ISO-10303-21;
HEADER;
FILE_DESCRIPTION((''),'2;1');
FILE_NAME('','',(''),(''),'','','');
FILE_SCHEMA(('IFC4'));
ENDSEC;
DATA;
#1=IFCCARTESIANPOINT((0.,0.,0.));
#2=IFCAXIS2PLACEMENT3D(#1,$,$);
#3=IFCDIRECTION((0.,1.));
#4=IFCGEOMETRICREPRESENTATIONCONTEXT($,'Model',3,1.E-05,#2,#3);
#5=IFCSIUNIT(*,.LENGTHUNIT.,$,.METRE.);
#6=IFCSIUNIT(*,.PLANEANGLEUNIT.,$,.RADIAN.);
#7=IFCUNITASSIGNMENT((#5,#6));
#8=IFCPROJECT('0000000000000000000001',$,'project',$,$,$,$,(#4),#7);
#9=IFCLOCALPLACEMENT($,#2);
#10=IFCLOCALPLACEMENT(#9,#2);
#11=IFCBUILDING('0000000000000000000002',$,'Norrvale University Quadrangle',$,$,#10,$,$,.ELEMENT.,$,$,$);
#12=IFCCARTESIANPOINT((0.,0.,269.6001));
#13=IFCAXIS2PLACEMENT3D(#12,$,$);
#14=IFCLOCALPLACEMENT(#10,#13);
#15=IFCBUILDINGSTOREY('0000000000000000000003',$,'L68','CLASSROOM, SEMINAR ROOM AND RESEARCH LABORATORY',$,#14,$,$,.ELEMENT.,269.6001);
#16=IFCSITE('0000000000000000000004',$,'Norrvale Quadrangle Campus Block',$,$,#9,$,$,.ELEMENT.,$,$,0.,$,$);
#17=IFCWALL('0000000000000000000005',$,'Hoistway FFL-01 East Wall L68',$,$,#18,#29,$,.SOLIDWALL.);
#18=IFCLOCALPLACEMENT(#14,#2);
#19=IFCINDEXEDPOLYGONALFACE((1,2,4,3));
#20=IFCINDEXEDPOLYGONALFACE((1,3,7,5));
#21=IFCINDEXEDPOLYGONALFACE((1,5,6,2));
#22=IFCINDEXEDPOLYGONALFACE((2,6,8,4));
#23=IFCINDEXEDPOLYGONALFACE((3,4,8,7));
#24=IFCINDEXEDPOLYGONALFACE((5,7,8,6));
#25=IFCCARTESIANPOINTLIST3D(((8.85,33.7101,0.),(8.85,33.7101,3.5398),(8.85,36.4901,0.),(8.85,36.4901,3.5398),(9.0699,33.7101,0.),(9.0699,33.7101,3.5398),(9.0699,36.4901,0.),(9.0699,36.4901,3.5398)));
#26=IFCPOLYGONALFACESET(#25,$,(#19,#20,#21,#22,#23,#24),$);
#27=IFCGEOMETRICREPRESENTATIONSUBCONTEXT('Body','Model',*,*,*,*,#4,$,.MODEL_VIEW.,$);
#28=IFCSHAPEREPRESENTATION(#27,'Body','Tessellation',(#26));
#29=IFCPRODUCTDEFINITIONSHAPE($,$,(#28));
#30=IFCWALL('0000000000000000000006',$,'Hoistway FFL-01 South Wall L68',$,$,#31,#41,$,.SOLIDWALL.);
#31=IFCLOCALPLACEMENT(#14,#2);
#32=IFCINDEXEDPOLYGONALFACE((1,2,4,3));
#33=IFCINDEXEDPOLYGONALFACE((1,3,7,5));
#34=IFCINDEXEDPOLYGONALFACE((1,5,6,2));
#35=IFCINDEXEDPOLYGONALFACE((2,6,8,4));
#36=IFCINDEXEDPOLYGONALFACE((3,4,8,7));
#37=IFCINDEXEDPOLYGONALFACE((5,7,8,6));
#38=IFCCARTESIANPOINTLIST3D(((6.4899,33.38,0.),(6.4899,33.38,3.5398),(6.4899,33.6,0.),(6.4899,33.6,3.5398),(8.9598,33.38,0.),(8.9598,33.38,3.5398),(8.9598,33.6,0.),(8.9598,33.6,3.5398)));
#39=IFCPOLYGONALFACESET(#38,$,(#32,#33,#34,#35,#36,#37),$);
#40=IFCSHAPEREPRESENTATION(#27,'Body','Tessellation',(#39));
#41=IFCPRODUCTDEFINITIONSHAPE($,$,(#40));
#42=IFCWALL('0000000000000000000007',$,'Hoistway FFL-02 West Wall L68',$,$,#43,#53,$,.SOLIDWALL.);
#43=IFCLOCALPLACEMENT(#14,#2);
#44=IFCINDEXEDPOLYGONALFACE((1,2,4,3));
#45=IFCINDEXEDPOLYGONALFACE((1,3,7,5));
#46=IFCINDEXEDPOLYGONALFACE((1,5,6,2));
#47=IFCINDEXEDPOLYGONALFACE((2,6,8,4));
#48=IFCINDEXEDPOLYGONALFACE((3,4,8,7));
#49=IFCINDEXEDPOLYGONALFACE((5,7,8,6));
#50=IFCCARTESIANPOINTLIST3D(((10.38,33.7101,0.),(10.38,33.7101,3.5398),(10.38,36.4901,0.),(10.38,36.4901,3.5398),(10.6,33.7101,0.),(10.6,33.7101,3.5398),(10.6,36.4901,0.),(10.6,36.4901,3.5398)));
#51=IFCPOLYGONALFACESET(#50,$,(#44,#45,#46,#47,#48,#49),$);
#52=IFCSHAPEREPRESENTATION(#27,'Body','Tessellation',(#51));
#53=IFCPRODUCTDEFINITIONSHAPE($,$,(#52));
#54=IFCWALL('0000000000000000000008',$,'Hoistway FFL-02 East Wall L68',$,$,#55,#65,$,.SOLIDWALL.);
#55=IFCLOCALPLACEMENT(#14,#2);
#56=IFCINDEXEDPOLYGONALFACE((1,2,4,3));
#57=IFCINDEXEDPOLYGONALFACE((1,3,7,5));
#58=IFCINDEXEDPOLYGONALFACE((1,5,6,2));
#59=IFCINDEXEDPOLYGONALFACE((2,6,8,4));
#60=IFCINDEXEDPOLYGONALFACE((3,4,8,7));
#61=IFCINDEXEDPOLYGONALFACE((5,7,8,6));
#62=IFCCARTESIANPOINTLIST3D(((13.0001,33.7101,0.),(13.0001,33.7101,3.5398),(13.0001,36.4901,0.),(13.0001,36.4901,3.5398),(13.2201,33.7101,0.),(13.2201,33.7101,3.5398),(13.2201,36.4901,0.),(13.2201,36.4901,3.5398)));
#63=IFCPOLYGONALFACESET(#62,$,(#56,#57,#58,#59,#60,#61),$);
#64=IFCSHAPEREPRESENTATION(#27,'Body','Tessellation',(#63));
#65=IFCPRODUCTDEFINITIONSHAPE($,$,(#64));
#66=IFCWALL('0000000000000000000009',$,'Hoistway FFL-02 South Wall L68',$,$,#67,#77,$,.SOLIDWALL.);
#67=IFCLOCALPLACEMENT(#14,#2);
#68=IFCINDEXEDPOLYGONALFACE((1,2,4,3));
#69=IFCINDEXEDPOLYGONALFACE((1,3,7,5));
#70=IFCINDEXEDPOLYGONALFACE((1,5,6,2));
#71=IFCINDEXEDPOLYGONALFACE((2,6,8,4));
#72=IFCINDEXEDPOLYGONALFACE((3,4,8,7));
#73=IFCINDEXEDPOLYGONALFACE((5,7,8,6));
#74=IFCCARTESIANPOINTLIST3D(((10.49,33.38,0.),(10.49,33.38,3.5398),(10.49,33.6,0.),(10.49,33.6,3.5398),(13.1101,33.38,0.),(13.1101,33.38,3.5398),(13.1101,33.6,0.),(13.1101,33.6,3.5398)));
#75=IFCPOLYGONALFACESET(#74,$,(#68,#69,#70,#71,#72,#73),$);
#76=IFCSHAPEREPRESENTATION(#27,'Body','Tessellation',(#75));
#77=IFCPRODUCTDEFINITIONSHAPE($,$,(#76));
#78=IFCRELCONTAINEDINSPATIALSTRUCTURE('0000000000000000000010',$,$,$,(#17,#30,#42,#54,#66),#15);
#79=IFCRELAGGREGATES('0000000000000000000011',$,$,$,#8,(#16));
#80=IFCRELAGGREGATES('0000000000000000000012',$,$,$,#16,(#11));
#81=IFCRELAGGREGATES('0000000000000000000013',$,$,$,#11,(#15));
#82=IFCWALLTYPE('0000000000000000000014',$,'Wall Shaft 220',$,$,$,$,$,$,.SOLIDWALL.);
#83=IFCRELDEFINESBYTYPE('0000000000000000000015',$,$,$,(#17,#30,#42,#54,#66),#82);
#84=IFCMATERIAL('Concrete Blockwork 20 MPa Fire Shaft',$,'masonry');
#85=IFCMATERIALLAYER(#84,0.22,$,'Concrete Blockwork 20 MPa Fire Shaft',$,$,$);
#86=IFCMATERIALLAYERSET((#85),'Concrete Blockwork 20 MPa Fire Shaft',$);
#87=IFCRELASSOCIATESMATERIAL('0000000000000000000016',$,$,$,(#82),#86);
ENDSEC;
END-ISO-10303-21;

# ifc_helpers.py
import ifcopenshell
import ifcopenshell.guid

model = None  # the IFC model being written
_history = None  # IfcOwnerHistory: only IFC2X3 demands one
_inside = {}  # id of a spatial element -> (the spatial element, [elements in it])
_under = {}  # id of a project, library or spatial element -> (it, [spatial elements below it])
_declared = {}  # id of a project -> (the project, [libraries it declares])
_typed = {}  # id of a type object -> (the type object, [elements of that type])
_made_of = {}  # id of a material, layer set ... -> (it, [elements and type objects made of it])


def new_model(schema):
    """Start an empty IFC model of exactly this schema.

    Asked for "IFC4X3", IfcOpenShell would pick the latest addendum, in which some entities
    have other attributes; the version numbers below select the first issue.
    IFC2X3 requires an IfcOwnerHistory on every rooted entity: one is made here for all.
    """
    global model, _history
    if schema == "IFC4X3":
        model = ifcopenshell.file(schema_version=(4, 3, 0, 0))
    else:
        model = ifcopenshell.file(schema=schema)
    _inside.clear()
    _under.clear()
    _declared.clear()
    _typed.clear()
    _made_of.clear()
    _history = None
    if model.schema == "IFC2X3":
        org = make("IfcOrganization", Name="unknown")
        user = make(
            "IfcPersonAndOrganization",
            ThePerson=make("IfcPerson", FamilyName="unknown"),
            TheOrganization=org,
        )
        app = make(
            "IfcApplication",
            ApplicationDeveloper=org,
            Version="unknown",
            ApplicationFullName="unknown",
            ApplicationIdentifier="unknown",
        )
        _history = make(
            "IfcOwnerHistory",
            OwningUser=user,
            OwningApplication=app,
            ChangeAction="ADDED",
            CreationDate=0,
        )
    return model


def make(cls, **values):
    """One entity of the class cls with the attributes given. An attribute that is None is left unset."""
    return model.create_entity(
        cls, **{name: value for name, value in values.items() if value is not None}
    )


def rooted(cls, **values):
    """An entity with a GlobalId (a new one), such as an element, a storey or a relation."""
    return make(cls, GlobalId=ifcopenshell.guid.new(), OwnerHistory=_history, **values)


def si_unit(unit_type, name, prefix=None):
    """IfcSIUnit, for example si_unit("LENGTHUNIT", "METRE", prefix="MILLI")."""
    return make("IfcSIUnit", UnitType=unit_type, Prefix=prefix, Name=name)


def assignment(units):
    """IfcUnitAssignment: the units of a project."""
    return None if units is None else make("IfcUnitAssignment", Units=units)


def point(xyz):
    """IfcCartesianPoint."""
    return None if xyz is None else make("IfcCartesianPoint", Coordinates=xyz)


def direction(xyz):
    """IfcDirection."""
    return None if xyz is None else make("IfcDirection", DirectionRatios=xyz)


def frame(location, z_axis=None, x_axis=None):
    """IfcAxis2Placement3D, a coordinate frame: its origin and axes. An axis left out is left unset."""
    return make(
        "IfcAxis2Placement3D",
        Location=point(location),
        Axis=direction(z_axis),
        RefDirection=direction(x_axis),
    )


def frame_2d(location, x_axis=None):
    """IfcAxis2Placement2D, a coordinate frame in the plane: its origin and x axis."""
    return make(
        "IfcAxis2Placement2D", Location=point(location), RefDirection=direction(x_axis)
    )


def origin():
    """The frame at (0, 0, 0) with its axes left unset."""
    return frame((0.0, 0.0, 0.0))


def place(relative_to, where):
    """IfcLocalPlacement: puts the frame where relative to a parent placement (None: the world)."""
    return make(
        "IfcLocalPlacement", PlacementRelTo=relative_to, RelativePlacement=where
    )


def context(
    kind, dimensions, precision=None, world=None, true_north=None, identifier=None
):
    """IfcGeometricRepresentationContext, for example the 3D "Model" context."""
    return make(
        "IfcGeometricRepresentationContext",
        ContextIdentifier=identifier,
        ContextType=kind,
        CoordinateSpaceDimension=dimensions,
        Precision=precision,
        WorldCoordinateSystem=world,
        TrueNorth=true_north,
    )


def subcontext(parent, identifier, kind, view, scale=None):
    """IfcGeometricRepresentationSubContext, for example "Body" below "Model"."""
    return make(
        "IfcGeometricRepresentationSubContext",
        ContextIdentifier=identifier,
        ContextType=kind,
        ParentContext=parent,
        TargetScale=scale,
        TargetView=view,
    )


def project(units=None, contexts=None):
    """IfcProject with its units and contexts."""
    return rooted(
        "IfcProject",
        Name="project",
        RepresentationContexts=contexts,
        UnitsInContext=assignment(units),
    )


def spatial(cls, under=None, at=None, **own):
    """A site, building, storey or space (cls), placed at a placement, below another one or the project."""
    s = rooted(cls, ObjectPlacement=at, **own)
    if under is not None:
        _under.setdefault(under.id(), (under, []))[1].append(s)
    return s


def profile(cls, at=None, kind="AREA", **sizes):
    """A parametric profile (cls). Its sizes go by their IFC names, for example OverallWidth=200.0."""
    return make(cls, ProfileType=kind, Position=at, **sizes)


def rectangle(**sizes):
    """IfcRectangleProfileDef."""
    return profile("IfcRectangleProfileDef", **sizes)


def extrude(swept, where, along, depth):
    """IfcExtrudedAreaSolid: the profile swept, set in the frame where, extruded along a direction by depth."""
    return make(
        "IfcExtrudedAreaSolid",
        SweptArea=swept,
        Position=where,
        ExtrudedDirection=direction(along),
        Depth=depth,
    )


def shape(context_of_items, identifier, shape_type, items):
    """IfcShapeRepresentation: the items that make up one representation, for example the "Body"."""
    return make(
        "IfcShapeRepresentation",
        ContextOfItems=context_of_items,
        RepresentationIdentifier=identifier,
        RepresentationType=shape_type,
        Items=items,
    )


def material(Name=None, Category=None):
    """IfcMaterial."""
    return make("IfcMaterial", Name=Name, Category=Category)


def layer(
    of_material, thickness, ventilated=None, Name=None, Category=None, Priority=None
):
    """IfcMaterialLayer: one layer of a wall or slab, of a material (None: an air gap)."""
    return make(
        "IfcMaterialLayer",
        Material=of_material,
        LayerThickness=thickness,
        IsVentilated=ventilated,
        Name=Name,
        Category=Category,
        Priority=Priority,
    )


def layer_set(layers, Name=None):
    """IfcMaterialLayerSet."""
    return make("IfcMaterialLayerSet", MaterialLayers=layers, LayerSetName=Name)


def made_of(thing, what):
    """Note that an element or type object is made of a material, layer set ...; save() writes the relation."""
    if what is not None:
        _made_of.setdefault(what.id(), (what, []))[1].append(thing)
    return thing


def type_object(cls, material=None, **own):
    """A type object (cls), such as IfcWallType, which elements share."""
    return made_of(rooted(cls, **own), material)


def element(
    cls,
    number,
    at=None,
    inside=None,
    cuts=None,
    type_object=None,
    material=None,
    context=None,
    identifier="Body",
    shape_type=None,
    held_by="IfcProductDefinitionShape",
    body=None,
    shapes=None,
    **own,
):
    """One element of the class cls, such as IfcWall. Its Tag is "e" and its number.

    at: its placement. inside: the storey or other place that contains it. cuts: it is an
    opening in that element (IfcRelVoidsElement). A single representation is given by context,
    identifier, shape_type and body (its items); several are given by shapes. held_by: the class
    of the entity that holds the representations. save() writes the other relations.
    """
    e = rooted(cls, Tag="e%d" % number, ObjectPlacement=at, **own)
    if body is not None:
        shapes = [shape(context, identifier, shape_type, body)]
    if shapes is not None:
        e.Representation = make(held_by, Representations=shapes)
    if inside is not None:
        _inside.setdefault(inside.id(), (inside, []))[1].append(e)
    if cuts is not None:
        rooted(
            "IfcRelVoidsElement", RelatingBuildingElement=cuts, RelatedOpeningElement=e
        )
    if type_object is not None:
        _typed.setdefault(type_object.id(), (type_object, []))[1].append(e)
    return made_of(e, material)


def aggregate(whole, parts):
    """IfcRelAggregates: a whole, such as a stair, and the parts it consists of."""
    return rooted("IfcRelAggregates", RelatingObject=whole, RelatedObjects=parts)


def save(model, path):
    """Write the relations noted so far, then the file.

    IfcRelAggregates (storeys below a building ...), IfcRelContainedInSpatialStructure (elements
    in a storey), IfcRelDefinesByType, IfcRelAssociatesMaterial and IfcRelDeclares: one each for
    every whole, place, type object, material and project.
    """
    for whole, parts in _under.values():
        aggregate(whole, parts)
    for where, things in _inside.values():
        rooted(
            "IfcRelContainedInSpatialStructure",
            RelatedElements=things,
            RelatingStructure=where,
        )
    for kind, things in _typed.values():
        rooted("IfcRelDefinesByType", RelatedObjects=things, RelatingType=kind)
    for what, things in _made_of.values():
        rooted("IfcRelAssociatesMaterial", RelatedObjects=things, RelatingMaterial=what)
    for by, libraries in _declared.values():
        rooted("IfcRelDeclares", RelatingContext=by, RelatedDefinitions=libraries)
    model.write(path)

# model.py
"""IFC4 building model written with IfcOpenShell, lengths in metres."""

from ifc_helpers import new_model, si_unit, direction, frame, frame_2d, origin, place, context, subcontext, project, spatial, rectangle, extrude, material, layer, layer_set, type_object, element, save


model = new_model("IFC4")

# Units and contexts
model_context = context("Model", 3, precision=1e-05, world=origin(), true_north=direction((0.0, 1.0)))
body_context = subcontext(model_context, "Body", "Model", "MODEL_VIEW")
ifc_project = project(units=[si_unit("LENGTHUNIT", "METRE"), si_unit("PLANEANGLEUNIT", "RADIAN")], contexts=[model_context])

# Site, building, storey
site_placement = place(None, origin())
site = spatial("IfcSite", under=ifc_project, at=site_placement, Name="Norrvale Quadrangle Campus Block", CompositionType="ELEMENT", RefElevation=0.0)
building_placement = place(site_placement, origin())
building = spatial("IfcBuilding", under=site, at=building_placement, Name="Norrvale University Quadrangle", CompositionType="ELEMENT")
storey_placement = place(building_placement, frame((0.0, 0.0, 269.6001)))
storey = spatial("IfcBuildingStorey", under=building, at=storey_placement, Name="L68", Description="CLASSROOM, SEMINAR ROOM AND RESEARCH LABORATORY", CompositionType="ELEMENT", Elevation=269.6001)

# Shared definitions
ifc_material_1 = material(Name="Concrete Blockwork 20 MPa Fire Shaft", Category="masonry")
ifc_layer_1 = layer(ifc_material_1, 0.22, Name="Concrete Blockwork 20 MPa Fire Shaft")
ifc_layer_set_1 = layer_set([ifc_layer_1], Name="Concrete Blockwork 20 MPa Fire Shaft")
wall_type_1 = type_object("IfcWallType", Name="Wall Shaft 220", PredefinedType="SOLIDWALL", material=ifc_layer_set_1)

# Walls
for number, where, z_axis, x_axis, name in (
    (1, (8.96, 33.71, 0.0), (0.0, 0.0, 1.0), (0.0, 1.0, 0.0), "Hoistway FFL-01 East Wall L68"),
):
    element("IfcWall", number, at=place(storey_placement, frame(where, z_axis=z_axis, x_axis=x_axis)), inside=storey, type_object=wall_type_1, Name=name, PredefinedType="SOLIDWALL", context=body_context, shape_type="SweptSolid", body=[
        extrude(rectangle(XDim=2.78, YDim=0.22, at=frame_2d((1.3901, 0.0))), origin(), (0.0, 0.0, 1.0), 3.5398),
    ])
wall_1_placement = place(storey_placement, frame((6.49, 33.49, 0.0), z_axis=(0.0, 0.0, 1.0), x_axis=(1.0, 0.0, 0.0)))
element("IfcWall", 2, at=wall_1_placement, inside=storey, type_object=wall_type_1, Name="Hoistway FFL-01 South Wall L68", PredefinedType="SOLIDWALL", context=body_context, shape_type="SweptSolid", body=[
    extrude(rectangle(XDim=2.47, YDim=0.22, at=frame_2d((1.2349, 0.0))), origin(), (0.0, 0.0, 1.0), 3.5398),
])
for number, where, z_axis, x_axis, name in (
    (3, (10.49, 33.71, 0.0), (0.0, 0.0, 1.0), (0.0, 1.0, 0.0), "Hoistway FFL-02 West Wall L68"),
    (4, (13.1101, 33.71, 0.0), (0.0, 0.0, 1.0), (0.0, 1.0, 0.0), "Hoistway FFL-02 East Wall L68"),
):
    element("IfcWall", number, at=place(storey_placement, frame(where, z_axis=z_axis, x_axis=x_axis)), inside=storey, type_object=wall_type_1, Name=name, PredefinedType="SOLIDWALL", context=body_context, shape_type="SweptSolid", body=[
        extrude(rectangle(XDim=2.78, YDim=0.22, at=frame_2d((1.3901, 0.0))), origin(), (0.0, 0.0, 1.0), 3.5398),
    ])
wall_2_placement = place(storey_placement, frame((10.49, 33.49, 0.0), z_axis=(0.0, 0.0, 1.0), x_axis=(1.0, 0.0, 0.0)))
element("IfcWall", 5, at=wall_2_placement, inside=storey, type_object=wall_type_1, Name="Hoistway FFL-02 South Wall L68", PredefinedType="SOLIDWALL", context=body_context, shape_type="SweptSolid", body=[
    extrude(rectangle(XDim=2.6201, YDim=0.22, at=frame_2d((1.3101, 0.0))), origin(), (0.0, 0.0, 1.0), 3.5398),
])

save(model, "model.ifc")
